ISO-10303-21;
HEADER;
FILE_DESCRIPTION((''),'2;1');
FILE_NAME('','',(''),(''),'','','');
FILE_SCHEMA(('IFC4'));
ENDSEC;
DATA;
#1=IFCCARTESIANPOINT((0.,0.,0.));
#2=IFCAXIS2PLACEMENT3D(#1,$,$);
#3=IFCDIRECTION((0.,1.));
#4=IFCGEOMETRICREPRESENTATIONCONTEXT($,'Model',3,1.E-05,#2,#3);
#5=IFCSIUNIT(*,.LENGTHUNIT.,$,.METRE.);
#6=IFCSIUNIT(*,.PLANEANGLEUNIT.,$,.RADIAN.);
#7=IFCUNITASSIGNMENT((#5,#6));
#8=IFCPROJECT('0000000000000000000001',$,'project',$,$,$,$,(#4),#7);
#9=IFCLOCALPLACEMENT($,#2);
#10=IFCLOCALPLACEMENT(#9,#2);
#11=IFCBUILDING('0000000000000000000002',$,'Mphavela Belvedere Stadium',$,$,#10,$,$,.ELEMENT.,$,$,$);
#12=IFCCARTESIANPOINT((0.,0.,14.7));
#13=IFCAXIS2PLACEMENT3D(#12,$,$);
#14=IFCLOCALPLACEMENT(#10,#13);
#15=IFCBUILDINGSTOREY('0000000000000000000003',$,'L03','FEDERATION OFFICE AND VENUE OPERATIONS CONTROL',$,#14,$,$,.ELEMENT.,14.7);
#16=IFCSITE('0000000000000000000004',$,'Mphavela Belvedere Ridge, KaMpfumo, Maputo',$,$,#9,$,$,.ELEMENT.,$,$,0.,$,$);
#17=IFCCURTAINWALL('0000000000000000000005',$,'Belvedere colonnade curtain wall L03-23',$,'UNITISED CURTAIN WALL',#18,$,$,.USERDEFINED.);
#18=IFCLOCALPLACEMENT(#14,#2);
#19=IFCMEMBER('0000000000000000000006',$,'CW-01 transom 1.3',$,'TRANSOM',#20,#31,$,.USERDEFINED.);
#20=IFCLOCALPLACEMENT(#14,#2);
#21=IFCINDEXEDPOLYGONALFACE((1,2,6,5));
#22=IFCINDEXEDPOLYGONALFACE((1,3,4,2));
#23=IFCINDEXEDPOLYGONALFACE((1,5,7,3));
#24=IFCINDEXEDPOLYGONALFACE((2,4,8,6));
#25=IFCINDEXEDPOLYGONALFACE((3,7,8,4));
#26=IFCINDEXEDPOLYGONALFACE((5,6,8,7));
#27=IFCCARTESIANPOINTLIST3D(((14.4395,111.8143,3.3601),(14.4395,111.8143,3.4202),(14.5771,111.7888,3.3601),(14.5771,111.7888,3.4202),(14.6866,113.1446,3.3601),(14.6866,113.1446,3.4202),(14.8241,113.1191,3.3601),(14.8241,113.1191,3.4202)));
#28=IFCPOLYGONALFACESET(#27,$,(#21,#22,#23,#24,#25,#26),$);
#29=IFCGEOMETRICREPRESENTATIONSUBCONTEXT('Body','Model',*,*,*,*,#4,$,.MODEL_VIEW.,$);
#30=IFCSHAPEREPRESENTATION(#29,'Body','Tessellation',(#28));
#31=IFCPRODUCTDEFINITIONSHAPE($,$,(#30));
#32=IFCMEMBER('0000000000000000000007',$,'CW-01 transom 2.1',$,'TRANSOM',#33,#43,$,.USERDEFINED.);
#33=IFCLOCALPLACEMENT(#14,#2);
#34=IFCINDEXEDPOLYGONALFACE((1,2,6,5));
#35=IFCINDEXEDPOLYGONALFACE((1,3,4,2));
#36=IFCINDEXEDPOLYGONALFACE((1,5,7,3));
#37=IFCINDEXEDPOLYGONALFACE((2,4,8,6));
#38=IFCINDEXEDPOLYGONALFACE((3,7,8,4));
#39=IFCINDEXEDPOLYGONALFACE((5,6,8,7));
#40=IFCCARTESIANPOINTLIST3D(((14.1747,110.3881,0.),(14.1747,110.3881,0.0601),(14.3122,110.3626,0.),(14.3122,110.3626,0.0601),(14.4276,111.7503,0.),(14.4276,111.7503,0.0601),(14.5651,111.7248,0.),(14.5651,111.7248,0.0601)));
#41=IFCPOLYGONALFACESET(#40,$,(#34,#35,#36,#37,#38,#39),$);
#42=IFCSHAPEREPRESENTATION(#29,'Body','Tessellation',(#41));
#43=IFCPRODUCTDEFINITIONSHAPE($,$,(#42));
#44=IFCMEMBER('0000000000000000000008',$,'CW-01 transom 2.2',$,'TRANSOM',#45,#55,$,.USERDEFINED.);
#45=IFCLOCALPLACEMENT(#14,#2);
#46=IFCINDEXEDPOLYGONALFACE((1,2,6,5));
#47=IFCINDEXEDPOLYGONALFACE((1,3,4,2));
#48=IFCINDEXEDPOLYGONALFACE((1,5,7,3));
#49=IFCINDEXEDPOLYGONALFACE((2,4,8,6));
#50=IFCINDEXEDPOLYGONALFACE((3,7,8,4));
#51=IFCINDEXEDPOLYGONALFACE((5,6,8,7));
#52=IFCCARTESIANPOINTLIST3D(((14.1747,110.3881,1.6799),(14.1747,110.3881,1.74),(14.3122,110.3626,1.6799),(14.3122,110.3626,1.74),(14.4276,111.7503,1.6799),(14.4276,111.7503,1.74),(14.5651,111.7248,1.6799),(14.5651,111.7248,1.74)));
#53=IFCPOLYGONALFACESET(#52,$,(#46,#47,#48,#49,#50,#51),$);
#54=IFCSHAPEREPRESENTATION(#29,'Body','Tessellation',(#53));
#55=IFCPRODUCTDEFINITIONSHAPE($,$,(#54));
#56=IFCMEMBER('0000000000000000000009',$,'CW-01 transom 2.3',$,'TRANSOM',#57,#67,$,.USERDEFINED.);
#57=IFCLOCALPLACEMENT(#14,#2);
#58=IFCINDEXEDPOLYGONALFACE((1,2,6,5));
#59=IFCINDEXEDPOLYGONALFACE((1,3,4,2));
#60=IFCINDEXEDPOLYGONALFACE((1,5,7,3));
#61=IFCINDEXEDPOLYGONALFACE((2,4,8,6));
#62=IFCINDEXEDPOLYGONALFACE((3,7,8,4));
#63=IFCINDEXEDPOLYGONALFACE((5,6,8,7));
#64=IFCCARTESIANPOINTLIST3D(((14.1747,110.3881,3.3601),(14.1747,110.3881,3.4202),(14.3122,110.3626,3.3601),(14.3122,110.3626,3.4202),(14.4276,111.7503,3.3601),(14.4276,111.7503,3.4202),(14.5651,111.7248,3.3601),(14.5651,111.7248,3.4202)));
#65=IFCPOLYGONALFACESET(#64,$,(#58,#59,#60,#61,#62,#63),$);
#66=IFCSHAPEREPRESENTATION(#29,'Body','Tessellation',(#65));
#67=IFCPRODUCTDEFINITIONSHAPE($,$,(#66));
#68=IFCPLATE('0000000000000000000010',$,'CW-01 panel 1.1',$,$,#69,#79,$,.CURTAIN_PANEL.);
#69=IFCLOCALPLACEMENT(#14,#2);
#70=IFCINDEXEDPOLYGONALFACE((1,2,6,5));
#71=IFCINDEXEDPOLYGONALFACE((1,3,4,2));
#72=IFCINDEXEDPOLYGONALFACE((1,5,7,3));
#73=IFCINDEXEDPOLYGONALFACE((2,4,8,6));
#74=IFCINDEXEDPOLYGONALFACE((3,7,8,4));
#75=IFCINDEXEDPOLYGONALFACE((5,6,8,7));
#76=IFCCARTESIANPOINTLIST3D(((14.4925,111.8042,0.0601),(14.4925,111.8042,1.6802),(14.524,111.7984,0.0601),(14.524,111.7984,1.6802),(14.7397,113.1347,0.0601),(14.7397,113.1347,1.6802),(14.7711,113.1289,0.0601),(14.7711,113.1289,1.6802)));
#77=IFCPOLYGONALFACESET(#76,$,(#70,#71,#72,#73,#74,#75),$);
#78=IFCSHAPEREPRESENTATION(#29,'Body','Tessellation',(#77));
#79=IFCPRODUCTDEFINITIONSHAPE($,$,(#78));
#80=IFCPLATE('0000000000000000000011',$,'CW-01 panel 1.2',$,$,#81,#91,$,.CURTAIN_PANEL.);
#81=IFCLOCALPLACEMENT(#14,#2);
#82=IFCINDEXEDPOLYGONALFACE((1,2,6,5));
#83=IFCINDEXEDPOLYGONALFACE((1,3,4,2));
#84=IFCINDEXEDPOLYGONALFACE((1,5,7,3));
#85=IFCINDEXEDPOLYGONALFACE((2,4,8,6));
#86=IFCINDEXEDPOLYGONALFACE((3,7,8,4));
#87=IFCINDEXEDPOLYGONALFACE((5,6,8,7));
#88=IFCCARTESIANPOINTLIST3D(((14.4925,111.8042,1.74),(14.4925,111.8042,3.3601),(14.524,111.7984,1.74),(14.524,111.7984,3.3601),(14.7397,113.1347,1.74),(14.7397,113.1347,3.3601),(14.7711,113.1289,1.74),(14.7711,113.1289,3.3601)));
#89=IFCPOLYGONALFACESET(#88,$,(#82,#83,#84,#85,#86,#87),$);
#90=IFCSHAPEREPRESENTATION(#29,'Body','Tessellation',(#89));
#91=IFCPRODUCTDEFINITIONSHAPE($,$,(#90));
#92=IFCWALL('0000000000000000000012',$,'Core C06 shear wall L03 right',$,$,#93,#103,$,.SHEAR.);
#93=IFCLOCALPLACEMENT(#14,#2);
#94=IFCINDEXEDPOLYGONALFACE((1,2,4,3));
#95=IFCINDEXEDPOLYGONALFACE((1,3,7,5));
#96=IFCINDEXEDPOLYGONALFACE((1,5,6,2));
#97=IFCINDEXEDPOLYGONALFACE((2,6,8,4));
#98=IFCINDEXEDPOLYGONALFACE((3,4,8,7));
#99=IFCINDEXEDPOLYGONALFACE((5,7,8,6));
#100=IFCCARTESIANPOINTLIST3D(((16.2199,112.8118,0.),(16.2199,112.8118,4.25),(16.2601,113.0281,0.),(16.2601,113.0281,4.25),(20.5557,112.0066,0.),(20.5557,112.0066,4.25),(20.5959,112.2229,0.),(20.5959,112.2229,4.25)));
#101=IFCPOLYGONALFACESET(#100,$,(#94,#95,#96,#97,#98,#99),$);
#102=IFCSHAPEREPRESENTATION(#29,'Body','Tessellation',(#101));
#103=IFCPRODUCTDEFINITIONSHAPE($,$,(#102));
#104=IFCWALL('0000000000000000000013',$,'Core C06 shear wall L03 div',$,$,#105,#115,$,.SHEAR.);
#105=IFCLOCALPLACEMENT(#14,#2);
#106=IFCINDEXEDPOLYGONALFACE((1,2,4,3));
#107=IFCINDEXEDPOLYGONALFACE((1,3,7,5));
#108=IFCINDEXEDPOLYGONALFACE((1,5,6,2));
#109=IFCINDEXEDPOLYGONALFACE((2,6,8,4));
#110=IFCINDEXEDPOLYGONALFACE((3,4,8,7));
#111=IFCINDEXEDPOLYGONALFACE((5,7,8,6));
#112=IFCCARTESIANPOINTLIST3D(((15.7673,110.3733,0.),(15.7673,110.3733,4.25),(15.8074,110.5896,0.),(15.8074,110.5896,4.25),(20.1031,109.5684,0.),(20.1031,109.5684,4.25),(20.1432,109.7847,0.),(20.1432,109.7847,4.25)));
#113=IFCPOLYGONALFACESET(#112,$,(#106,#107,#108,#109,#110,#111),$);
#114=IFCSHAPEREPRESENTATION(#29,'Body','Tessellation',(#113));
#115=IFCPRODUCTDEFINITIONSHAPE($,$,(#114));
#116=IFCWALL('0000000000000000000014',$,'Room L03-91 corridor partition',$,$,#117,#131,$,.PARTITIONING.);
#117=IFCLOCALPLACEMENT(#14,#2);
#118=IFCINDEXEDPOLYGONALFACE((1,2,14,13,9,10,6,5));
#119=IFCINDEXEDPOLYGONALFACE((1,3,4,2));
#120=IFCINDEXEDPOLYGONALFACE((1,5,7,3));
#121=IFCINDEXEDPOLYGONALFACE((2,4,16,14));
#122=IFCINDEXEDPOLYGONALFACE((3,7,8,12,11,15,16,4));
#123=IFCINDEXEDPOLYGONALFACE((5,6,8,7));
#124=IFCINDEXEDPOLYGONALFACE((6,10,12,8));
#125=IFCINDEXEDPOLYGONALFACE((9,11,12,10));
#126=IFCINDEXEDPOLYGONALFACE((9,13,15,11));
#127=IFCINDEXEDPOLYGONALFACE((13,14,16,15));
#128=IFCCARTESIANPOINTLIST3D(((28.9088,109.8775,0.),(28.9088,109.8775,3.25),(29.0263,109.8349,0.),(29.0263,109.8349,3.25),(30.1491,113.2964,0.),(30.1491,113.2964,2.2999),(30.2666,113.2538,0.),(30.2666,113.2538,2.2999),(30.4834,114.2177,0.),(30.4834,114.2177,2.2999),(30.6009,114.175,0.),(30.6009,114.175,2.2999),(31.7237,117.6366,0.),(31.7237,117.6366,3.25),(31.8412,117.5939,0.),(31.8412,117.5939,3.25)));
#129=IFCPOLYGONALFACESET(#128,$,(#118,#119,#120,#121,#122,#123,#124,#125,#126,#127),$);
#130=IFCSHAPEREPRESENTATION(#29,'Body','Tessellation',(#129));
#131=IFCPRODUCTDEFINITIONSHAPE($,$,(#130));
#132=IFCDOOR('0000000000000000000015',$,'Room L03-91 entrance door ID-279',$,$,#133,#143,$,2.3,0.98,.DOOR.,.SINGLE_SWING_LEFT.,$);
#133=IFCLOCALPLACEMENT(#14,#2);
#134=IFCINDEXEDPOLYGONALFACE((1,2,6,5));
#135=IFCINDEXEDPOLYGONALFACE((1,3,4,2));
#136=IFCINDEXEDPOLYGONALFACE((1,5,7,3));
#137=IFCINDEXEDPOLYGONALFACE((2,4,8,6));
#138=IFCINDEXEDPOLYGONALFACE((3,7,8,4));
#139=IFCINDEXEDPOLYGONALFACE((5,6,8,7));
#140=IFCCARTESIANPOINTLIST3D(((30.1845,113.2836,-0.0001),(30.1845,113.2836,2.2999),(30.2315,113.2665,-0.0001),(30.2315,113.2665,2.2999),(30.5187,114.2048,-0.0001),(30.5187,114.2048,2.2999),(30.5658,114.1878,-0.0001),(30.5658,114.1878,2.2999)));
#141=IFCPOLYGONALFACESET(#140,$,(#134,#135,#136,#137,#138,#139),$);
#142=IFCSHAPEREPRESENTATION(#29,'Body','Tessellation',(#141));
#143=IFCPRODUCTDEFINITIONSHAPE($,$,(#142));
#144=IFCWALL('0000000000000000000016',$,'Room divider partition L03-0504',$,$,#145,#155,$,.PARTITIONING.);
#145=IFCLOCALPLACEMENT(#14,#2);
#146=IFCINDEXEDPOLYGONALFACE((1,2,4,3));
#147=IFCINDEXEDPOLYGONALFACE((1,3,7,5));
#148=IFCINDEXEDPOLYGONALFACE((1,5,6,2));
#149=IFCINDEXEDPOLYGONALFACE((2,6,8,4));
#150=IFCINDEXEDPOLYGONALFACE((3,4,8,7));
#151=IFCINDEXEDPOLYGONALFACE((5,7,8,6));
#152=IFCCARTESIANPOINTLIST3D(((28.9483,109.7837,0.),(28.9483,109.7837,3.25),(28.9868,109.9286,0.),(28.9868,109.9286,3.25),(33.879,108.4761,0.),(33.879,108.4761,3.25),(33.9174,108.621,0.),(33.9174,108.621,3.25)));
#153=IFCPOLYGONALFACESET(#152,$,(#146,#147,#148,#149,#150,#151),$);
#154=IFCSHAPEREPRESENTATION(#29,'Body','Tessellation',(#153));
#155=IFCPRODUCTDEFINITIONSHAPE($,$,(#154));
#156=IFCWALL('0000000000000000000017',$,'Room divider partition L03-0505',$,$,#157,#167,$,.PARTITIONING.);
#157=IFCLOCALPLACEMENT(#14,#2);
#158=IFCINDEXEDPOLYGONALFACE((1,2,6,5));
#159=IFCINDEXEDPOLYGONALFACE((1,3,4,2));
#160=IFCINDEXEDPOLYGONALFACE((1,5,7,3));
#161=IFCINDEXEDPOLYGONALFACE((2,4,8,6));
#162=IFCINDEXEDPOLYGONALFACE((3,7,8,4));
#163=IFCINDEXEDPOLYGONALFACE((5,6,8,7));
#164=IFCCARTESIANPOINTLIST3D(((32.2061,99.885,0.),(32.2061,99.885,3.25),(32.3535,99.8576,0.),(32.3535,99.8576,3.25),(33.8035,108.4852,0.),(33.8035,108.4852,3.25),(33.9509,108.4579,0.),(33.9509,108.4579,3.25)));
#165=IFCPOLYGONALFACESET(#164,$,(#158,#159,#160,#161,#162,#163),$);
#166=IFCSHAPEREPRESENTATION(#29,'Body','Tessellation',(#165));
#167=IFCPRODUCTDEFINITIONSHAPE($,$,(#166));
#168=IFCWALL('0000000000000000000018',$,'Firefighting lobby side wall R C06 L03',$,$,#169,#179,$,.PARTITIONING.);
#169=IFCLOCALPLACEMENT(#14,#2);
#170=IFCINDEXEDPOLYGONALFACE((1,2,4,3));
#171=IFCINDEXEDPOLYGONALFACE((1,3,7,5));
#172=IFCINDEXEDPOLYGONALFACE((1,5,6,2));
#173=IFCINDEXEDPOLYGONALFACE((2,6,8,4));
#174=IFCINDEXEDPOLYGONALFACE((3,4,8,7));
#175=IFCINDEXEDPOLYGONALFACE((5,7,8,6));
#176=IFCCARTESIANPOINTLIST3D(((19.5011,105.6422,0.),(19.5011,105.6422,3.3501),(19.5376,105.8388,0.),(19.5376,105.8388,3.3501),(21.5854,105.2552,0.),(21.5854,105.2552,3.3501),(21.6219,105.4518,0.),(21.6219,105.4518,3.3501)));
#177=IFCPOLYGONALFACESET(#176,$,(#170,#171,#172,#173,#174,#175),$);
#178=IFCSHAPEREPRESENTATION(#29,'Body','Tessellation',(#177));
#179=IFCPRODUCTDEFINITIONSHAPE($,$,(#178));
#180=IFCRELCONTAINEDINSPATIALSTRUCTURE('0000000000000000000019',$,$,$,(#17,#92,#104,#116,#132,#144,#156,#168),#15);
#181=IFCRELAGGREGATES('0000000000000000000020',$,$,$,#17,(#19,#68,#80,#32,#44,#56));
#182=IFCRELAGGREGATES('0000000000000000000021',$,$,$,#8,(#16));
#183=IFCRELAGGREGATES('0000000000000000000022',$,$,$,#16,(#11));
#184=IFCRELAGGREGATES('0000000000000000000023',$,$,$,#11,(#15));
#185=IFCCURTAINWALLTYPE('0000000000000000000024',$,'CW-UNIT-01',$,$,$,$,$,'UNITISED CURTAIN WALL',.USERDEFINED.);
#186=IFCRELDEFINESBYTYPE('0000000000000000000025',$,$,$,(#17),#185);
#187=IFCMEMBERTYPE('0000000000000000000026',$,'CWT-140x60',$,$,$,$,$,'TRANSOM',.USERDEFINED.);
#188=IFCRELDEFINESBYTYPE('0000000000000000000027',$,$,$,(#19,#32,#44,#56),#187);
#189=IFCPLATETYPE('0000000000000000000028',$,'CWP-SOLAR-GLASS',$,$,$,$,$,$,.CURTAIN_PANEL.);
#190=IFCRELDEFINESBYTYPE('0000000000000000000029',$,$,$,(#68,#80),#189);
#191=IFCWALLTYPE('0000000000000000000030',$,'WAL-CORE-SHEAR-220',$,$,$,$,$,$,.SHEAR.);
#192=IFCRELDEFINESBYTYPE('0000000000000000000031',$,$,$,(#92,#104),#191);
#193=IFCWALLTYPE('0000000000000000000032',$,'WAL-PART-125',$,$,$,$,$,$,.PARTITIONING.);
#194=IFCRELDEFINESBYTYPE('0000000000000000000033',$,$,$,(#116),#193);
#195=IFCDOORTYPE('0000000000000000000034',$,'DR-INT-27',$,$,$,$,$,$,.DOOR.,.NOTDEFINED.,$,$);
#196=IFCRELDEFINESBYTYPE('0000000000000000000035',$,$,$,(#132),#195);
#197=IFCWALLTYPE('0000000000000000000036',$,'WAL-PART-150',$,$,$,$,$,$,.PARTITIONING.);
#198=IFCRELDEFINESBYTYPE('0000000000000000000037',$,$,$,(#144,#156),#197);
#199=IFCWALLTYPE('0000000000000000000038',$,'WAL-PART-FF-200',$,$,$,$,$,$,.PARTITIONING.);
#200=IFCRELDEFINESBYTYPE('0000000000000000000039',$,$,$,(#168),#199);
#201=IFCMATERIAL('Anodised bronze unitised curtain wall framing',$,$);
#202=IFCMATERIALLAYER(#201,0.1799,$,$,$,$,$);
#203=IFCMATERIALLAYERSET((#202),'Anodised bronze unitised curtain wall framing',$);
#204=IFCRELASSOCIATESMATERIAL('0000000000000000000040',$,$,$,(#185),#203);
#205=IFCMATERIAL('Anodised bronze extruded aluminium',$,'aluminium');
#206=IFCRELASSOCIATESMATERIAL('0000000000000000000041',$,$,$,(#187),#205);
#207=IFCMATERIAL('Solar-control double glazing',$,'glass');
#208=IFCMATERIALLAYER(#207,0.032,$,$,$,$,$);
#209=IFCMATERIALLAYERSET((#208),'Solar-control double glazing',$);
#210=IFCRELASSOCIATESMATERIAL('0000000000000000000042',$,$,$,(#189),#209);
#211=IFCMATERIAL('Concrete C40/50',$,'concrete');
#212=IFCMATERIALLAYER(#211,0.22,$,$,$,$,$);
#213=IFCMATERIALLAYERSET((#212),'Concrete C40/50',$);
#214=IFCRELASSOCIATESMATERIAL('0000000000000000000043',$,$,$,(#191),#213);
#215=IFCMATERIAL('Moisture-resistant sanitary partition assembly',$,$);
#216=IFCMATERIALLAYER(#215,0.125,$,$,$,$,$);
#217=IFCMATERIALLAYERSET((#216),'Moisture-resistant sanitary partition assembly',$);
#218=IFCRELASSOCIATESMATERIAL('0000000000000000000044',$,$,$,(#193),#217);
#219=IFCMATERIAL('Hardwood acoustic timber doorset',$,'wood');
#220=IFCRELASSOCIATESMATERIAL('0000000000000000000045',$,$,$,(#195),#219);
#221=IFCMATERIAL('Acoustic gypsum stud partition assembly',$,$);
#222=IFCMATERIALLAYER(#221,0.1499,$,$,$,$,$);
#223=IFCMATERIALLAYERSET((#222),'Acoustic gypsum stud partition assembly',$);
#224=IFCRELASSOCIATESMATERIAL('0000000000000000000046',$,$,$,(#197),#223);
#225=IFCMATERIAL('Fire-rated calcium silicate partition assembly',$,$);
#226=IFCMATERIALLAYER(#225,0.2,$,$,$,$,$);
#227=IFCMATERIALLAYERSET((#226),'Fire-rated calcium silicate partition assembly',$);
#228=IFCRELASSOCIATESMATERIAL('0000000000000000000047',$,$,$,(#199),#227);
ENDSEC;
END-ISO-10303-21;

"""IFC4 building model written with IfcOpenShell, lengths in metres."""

from ifc_helpers import new_model, si_unit, direction, frame, frame_2d, origin, origin_2d, place, context, subcontext, project, spatial, rectangle, extrude, material, layer, layer_set, material_profile, profile_set, type_object, element, fill, aggregate, save


model = new_model("IFC4")

# Units and contexts
model_context = context("Model", 3, precision=1e-05, world=origin(), true_north=direction((0.0, 1.0)))
body_context = subcontext(model_context, "Body", "Model", "MODEL_VIEW")
ifc_project = project(units=[si_unit("LENGTHUNIT", "METRE"), si_unit("PLANEANGLEUNIT", "RADIAN")], contexts=[model_context])

# Site, building, storey
site_placement = place(None, origin())
site = spatial("IfcSite", under=ifc_project, at=site_placement, Name="Mphavela Belvedere Ridge, KaMpfumo, Maputo", CompositionType="ELEMENT", RefElevation=0.0)
building_placement = place(site_placement, origin())
building = spatial("IfcBuilding", under=site, at=building_placement, Name="Mphavela Belvedere Stadium", CompositionType="ELEMENT")
storey_placement = place(building_placement, frame((0.0, 0.0, 14.7)))
storey = spatial("IfcBuildingStorey", under=building, at=storey_placement, Name="L03", Description="FEDERATION OFFICE AND VENUE OPERATIONS CONTROL", CompositionType="ELEMENT", Elevation=14.7)

# Curtain wall, members, plates
ifc_material_1 = material(Name="Anodised bronze unitised curtain wall framing")
ifc_layer_1 = layer(ifc_material_1, 0.1799)
ifc_layer_set_1 = layer_set([ifc_layer_1], Name="Anodised bronze unitised curtain wall framing")
curtain_wall_type = type_object("IfcCurtainWallType", Name="CW-UNIT-01", ElementType="UNITISED CURTAIN WALL", PredefinedType="USERDEFINED", material=ifc_layer_set_1)
curtain_wall_placement = place(storey_placement, origin())
curtain_wall = element("IfcCurtainWall", 1, at=curtain_wall_placement, inside=storey, type_object=curtain_wall_type, Name="Belvedere colonnade curtain wall L03-23", ObjectType="UNITISED CURTAIN WALL", PredefinedType="USERDEFINED")
ifc_material_2 = material(Name="Anodised bronze extruded aluminium", Category="aluminium")
ifc_material_profile_1 = material_profile(ifc_material_2, rectangle(XDim=0.1399, YDim=0.0601, at=origin_2d()), Name="CW-TRN 140x60")
ifc_profile_set_1 = profile_set([ifc_material_profile_1], Name="Anodised bronze extruded aluminium")
member_type_1 = type_object("IfcMemberType", Name="CWT-140x60", ElementType="TRANSOM", PredefinedType="USERDEFINED", material=ifc_profile_set_1)
member_1_placement = place(storey_placement, frame((14.7554, 113.1318, 3.3901), z_axis=(-0.1826, -0.983187, 0.0), x_axis=(0.983187, -0.1826, 0.0)))
member_1 = element("IfcMember", 2, at=member_1_placement, type_object=member_type_1, Name="CW-01 transom 1.3", ObjectType="TRANSOM", PredefinedType="USERDEFINED", context=body_context, shape_type="SweptSolid", body=[
    extrude(rectangle(XDim=0.1399, YDim=0.0601, at=origin_2d()), origin(), (0.0, 0.0, 1.0), 1.353),
])
member_2_placement = place(storey_placement, frame((14.4963, 111.7375, 0.03), z_axis=(-0.182544, -0.983198, 0.0), x_axis=(0.983198, -0.182544, 0.0)))
member_2 = element("IfcMember", 3, at=member_2_placement, type_object=member_type_1, Name="CW-01 transom 2.1", ObjectType="TRANSOM", PredefinedType="USERDEFINED", context=body_context, shape_type="SweptSolid", body=[
    extrude(rectangle(XDim=0.1399, YDim=0.0601, at=origin_2d()), origin(), (0.0, 0.0, 1.0), 1.3855),
])
member_3_placement = place(storey_placement, frame((14.4963, 111.7375, 1.71), z_axis=(-0.182544, -0.983198, 0.0), x_axis=(0.983198, -0.182544, 0.0)))
member_3 = element("IfcMember", 4, at=member_3_placement, type_object=member_type_1, Name="CW-01 transom 2.2", ObjectType="TRANSOM", PredefinedType="USERDEFINED", context=body_context, shape_type="SweptSolid", body=[
    extrude(rectangle(XDim=0.1399, YDim=0.0601, at=origin_2d()), origin(), (0.0, 0.0, 1.0), 1.3855),
])
member_4_placement = place(storey_placement, frame((14.4963, 111.7375, 3.3901), z_axis=(-0.182544, -0.983198, 0.0), x_axis=(0.983198, -0.182544, 0.0)))
member_4 = element("IfcMember", 5, at=member_4_placement, type_object=member_type_1, Name="CW-01 transom 2.3", ObjectType="TRANSOM", PredefinedType="USERDEFINED", context=body_context, shape_type="SweptSolid", body=[
    extrude(rectangle(XDim=0.1399, YDim=0.0601, at=origin_2d()), origin(), (0.0, 0.0, 1.0), 1.3855),
])
ifc_material_3 = material(Name="Solar-control double glazing", Category="glass")
ifc_layer_2 = layer(ifc_material_3, 0.032)
ifc_layer_set_2 = layer_set([ifc_layer_2], Name="Solar-control double glazing")
plate_type = type_object("IfcPlateType", Name="CWP-SOLAR-GLASS", PredefinedType="CURTAIN_PANEL", material=ifc_layer_set_2)
plate_1_placement = place(storey_placement, frame((14.6318, 112.4666, 0.0601), z_axis=(0.0, 0.0, 1.0), x_axis=(-0.182631, -0.983181, 0.0)))
plate_1 = element("IfcPlate", 6, at=plate_1_placement, type_object=plate_type, Name="CW-01 panel 1.1", PredefinedType="CURTAIN_PANEL", context=body_context, shape_type="SweptSolid", body=[
    extrude(rectangle(XDim=1.3533, YDim=0.032, at=origin_2d()), origin(), (0.0, 0.0, 1.0), 1.6201),
])
plate_2_placement = place(storey_placement, frame((14.6318, 112.4666, 1.74), z_axis=(0.0, 0.0, 1.0), x_axis=(-0.182631, -0.983181, 0.0)))
plate_2 = element("IfcPlate", 7, at=plate_2_placement, type_object=plate_type, Name="CW-01 panel 1.2", PredefinedType="CURTAIN_PANEL", context=body_context, shape_type="SweptSolid", body=[
    extrude(rectangle(XDim=1.3533, YDim=0.032, at=origin_2d()), origin(), (0.0, 0.0, 1.0), 1.6201),
])
aggregate(curtain_wall, [member_1, plate_1, plate_2, member_2, member_3, member_4])

# Walls
ifc_material_4 = material(Name="Concrete C40/50", Category="concrete")
ifc_layer_3 = layer(ifc_material_4, 0.22)
ifc_layer_set_3 = layer_set([ifc_layer_3], Name="Concrete C40/50")
wall_type_1 = type_object("IfcWallType", Name="WAL-CORE-SHEAR-220", PredefinedType="SHEAR", material=ifc_layer_set_3)
for number, where, z_axis, x_axis, name in (
    (8, (20.5759, 112.1147, 0.0), (0.0, 0.0, 1.0), (-0.98319, 0.182587, 0.0), "Core C06 shear wall L03 right"),
    (9, (20.1233, 109.6765, 0.0), (0.0, 0.0, 1.0), (-0.983202, 0.182523, 0.0), "Core C06 shear wall L03 div"),
):
    element("IfcWall", number, at=place(storey_placement, frame(where, z_axis=z_axis, x_axis=x_axis)), inside=storey, type_object=wall_type_1, Name=name, PredefinedType="SHEAR", context=body_context, shape_type="SweptSolid", body=[
        extrude(rectangle(XDim=4.4099, YDim=0.22, at=frame_2d((2.2051, 0.0))), origin(), (0.0, 0.0, 1.0), 4.25),
    ])

# Wall, opening, door
ifc_material_5 = material(Name="Moisture-resistant sanitary partition assembly")
ifc_layer_4 = layer(ifc_material_5, 0.125)
ifc_layer_set_4 = layer_set([ifc_layer_4], Name="Moisture-resistant sanitary partition assembly")
wall_type_2 = type_object("IfcWallType", Name="WAL-PART-125", PredefinedType="PARTITIONING", material=ifc_layer_set_4)
wall_1_placement = place(storey_placement, frame((28.9675, 109.8562, 0.0), z_axis=(0.0, 0.0, 1.0), x_axis=(0.341045, 0.940047, 0.0)))
wall_1 = element("IfcWall", 10, at=wall_1_placement, inside=storey, type_object=wall_type_2, Name="Room L03-91 corridor partition", PredefinedType="PARTITIONING", context=body_context, shape_type="SweptSolid", body=[
    extrude(rectangle(XDim=8.2539, YDim=0.125, at=frame_2d((4.127, 0.0))), origin(), (0.0, 0.0, 1.0), 3.25),
])
opening_placement = place(wall_1_placement, frame((3.637, 0.0, 0.0)))
opening = element("IfcOpeningElement", 11, at=opening_placement, cuts=wall_1, PredefinedType="OPENING", context=body_context, shape_type="SweptSolid", body=[
    extrude(rectangle(XDim=0.98, YDim=2.3, at=frame_2d((0.49, 1.1499))), frame((0.0, 0.0725, 0.0), z_axis=(0.0, -1.0, 0.0), x_axis=(1.0, 0.0, 0.0)), (0.0, 0.0, 1.0), 0.145),
])
ifc_material_6 = material(Name="Hardwood acoustic timber doorset", Category="wood")
door_type = type_object("IfcDoorType", Name="DR-INT-27", OperationType="NOTDEFINED", PredefinedType="DOOR", material=ifc_material_6)
door_placement = place(opening_placement, origin())
door = element("IfcDoor", 12, at=door_placement, inside=storey, type_object=door_type, Name="Room L03-91 entrance door ID-279", OperationType="SINGLE_SWING_LEFT", OverallHeight=2.3, OverallWidth=0.98, PredefinedType="DOOR", context=body_context, shape_type="SweptSolid", body=[
    extrude(rectangle(XDim=0.98, YDim=2.3, at=frame_2d((0.49, 1.1499))), frame((0.0, 0.0249, 0.0), z_axis=(0.0, -1.0, 0.0), x_axis=(1.0, 0.0, 0.0)), (0.0, 0.0, 1.0), 0.05),
])
fill(opening, door)

# Walls
ifc_material_7 = material(Name="Acoustic gypsum stud partition assembly")
ifc_layer_5 = layer(ifc_material_7, 0.1499)
ifc_layer_set_5 = layer_set([ifc_layer_5], Name="Acoustic gypsum stud partition assembly")
wall_type_3 = type_object("IfcWallType", Name="WAL-PART-150", PredefinedType="PARTITIONING", material=ifc_layer_set_5)
wall_2_placement = place(storey_placement, frame((33.8982, 108.5486, 0.0), z_axis=(0.0, 0.0, 1.0), x_axis=(-0.966587, 0.25634, 0.0)))
element("IfcWall", 13, at=wall_2_placement, inside=storey, type_object=wall_type_3, Name="Room divider partition L03-0504", PredefinedType="PARTITIONING", context=body_context, shape_type="SweptSolid", body=[
    extrude(rectangle(XDim=5.1011, YDim=0.1499, at=frame_2d((2.5505, 0.0))), origin(), (0.0, 0.0, 1.0), 3.25),
])
wall_3_placement = place(storey_placement, frame((33.8772, 108.4714, 0.0), z_axis=(0.0, 0.0, 1.0), x_axis=(-0.182615, -0.983185, 0.0)))
element("IfcWall", 14, at=wall_3_placement, inside=storey, type_object=wall_type_3, Name="Room divider partition L03-0505", PredefinedType="PARTITIONING", context=body_context, shape_type="SweptSolid", body=[
    extrude(rectangle(XDim=8.7473, YDim=0.1499, at=frame_2d((4.3735, 0.0))), origin(), (0.0, 0.0, 1.0), 3.25),
])
ifc_material_8 = material(Name="Fire-rated calcium silicate partition assembly")
ifc_layer_6 = layer(ifc_material_8, 0.2)
ifc_layer_set_6 = layer_set([ifc_layer_6], Name="Fire-rated calcium silicate partition assembly")
wall_type_4 = type_object("IfcWallType", Name="WAL-PART-FF-200", PredefinedType="PARTITIONING", material=ifc_layer_set_6)
wall_4_placement = place(storey_placement, frame((21.6038, 105.3535, 0.0), z_axis=(0.0, 0.0, 1.0), x_axis=(-0.983198, 0.182543, 0.0)))
element("IfcWall", 15, at=wall_4_placement, inside=storey, type_object=wall_type_4, Name="Firefighting lobby side wall R C06 L03", PredefinedType="PARTITIONING", context=body_context, shape_type="SweptSolid", body=[
    extrude(rectangle(XDim=2.1199, YDim=0.2, at=frame_2d((1.0601, 0.0))), origin(), (0.0, 0.0, 1.0), 3.3501),
])

save(model, "model.ifc")
